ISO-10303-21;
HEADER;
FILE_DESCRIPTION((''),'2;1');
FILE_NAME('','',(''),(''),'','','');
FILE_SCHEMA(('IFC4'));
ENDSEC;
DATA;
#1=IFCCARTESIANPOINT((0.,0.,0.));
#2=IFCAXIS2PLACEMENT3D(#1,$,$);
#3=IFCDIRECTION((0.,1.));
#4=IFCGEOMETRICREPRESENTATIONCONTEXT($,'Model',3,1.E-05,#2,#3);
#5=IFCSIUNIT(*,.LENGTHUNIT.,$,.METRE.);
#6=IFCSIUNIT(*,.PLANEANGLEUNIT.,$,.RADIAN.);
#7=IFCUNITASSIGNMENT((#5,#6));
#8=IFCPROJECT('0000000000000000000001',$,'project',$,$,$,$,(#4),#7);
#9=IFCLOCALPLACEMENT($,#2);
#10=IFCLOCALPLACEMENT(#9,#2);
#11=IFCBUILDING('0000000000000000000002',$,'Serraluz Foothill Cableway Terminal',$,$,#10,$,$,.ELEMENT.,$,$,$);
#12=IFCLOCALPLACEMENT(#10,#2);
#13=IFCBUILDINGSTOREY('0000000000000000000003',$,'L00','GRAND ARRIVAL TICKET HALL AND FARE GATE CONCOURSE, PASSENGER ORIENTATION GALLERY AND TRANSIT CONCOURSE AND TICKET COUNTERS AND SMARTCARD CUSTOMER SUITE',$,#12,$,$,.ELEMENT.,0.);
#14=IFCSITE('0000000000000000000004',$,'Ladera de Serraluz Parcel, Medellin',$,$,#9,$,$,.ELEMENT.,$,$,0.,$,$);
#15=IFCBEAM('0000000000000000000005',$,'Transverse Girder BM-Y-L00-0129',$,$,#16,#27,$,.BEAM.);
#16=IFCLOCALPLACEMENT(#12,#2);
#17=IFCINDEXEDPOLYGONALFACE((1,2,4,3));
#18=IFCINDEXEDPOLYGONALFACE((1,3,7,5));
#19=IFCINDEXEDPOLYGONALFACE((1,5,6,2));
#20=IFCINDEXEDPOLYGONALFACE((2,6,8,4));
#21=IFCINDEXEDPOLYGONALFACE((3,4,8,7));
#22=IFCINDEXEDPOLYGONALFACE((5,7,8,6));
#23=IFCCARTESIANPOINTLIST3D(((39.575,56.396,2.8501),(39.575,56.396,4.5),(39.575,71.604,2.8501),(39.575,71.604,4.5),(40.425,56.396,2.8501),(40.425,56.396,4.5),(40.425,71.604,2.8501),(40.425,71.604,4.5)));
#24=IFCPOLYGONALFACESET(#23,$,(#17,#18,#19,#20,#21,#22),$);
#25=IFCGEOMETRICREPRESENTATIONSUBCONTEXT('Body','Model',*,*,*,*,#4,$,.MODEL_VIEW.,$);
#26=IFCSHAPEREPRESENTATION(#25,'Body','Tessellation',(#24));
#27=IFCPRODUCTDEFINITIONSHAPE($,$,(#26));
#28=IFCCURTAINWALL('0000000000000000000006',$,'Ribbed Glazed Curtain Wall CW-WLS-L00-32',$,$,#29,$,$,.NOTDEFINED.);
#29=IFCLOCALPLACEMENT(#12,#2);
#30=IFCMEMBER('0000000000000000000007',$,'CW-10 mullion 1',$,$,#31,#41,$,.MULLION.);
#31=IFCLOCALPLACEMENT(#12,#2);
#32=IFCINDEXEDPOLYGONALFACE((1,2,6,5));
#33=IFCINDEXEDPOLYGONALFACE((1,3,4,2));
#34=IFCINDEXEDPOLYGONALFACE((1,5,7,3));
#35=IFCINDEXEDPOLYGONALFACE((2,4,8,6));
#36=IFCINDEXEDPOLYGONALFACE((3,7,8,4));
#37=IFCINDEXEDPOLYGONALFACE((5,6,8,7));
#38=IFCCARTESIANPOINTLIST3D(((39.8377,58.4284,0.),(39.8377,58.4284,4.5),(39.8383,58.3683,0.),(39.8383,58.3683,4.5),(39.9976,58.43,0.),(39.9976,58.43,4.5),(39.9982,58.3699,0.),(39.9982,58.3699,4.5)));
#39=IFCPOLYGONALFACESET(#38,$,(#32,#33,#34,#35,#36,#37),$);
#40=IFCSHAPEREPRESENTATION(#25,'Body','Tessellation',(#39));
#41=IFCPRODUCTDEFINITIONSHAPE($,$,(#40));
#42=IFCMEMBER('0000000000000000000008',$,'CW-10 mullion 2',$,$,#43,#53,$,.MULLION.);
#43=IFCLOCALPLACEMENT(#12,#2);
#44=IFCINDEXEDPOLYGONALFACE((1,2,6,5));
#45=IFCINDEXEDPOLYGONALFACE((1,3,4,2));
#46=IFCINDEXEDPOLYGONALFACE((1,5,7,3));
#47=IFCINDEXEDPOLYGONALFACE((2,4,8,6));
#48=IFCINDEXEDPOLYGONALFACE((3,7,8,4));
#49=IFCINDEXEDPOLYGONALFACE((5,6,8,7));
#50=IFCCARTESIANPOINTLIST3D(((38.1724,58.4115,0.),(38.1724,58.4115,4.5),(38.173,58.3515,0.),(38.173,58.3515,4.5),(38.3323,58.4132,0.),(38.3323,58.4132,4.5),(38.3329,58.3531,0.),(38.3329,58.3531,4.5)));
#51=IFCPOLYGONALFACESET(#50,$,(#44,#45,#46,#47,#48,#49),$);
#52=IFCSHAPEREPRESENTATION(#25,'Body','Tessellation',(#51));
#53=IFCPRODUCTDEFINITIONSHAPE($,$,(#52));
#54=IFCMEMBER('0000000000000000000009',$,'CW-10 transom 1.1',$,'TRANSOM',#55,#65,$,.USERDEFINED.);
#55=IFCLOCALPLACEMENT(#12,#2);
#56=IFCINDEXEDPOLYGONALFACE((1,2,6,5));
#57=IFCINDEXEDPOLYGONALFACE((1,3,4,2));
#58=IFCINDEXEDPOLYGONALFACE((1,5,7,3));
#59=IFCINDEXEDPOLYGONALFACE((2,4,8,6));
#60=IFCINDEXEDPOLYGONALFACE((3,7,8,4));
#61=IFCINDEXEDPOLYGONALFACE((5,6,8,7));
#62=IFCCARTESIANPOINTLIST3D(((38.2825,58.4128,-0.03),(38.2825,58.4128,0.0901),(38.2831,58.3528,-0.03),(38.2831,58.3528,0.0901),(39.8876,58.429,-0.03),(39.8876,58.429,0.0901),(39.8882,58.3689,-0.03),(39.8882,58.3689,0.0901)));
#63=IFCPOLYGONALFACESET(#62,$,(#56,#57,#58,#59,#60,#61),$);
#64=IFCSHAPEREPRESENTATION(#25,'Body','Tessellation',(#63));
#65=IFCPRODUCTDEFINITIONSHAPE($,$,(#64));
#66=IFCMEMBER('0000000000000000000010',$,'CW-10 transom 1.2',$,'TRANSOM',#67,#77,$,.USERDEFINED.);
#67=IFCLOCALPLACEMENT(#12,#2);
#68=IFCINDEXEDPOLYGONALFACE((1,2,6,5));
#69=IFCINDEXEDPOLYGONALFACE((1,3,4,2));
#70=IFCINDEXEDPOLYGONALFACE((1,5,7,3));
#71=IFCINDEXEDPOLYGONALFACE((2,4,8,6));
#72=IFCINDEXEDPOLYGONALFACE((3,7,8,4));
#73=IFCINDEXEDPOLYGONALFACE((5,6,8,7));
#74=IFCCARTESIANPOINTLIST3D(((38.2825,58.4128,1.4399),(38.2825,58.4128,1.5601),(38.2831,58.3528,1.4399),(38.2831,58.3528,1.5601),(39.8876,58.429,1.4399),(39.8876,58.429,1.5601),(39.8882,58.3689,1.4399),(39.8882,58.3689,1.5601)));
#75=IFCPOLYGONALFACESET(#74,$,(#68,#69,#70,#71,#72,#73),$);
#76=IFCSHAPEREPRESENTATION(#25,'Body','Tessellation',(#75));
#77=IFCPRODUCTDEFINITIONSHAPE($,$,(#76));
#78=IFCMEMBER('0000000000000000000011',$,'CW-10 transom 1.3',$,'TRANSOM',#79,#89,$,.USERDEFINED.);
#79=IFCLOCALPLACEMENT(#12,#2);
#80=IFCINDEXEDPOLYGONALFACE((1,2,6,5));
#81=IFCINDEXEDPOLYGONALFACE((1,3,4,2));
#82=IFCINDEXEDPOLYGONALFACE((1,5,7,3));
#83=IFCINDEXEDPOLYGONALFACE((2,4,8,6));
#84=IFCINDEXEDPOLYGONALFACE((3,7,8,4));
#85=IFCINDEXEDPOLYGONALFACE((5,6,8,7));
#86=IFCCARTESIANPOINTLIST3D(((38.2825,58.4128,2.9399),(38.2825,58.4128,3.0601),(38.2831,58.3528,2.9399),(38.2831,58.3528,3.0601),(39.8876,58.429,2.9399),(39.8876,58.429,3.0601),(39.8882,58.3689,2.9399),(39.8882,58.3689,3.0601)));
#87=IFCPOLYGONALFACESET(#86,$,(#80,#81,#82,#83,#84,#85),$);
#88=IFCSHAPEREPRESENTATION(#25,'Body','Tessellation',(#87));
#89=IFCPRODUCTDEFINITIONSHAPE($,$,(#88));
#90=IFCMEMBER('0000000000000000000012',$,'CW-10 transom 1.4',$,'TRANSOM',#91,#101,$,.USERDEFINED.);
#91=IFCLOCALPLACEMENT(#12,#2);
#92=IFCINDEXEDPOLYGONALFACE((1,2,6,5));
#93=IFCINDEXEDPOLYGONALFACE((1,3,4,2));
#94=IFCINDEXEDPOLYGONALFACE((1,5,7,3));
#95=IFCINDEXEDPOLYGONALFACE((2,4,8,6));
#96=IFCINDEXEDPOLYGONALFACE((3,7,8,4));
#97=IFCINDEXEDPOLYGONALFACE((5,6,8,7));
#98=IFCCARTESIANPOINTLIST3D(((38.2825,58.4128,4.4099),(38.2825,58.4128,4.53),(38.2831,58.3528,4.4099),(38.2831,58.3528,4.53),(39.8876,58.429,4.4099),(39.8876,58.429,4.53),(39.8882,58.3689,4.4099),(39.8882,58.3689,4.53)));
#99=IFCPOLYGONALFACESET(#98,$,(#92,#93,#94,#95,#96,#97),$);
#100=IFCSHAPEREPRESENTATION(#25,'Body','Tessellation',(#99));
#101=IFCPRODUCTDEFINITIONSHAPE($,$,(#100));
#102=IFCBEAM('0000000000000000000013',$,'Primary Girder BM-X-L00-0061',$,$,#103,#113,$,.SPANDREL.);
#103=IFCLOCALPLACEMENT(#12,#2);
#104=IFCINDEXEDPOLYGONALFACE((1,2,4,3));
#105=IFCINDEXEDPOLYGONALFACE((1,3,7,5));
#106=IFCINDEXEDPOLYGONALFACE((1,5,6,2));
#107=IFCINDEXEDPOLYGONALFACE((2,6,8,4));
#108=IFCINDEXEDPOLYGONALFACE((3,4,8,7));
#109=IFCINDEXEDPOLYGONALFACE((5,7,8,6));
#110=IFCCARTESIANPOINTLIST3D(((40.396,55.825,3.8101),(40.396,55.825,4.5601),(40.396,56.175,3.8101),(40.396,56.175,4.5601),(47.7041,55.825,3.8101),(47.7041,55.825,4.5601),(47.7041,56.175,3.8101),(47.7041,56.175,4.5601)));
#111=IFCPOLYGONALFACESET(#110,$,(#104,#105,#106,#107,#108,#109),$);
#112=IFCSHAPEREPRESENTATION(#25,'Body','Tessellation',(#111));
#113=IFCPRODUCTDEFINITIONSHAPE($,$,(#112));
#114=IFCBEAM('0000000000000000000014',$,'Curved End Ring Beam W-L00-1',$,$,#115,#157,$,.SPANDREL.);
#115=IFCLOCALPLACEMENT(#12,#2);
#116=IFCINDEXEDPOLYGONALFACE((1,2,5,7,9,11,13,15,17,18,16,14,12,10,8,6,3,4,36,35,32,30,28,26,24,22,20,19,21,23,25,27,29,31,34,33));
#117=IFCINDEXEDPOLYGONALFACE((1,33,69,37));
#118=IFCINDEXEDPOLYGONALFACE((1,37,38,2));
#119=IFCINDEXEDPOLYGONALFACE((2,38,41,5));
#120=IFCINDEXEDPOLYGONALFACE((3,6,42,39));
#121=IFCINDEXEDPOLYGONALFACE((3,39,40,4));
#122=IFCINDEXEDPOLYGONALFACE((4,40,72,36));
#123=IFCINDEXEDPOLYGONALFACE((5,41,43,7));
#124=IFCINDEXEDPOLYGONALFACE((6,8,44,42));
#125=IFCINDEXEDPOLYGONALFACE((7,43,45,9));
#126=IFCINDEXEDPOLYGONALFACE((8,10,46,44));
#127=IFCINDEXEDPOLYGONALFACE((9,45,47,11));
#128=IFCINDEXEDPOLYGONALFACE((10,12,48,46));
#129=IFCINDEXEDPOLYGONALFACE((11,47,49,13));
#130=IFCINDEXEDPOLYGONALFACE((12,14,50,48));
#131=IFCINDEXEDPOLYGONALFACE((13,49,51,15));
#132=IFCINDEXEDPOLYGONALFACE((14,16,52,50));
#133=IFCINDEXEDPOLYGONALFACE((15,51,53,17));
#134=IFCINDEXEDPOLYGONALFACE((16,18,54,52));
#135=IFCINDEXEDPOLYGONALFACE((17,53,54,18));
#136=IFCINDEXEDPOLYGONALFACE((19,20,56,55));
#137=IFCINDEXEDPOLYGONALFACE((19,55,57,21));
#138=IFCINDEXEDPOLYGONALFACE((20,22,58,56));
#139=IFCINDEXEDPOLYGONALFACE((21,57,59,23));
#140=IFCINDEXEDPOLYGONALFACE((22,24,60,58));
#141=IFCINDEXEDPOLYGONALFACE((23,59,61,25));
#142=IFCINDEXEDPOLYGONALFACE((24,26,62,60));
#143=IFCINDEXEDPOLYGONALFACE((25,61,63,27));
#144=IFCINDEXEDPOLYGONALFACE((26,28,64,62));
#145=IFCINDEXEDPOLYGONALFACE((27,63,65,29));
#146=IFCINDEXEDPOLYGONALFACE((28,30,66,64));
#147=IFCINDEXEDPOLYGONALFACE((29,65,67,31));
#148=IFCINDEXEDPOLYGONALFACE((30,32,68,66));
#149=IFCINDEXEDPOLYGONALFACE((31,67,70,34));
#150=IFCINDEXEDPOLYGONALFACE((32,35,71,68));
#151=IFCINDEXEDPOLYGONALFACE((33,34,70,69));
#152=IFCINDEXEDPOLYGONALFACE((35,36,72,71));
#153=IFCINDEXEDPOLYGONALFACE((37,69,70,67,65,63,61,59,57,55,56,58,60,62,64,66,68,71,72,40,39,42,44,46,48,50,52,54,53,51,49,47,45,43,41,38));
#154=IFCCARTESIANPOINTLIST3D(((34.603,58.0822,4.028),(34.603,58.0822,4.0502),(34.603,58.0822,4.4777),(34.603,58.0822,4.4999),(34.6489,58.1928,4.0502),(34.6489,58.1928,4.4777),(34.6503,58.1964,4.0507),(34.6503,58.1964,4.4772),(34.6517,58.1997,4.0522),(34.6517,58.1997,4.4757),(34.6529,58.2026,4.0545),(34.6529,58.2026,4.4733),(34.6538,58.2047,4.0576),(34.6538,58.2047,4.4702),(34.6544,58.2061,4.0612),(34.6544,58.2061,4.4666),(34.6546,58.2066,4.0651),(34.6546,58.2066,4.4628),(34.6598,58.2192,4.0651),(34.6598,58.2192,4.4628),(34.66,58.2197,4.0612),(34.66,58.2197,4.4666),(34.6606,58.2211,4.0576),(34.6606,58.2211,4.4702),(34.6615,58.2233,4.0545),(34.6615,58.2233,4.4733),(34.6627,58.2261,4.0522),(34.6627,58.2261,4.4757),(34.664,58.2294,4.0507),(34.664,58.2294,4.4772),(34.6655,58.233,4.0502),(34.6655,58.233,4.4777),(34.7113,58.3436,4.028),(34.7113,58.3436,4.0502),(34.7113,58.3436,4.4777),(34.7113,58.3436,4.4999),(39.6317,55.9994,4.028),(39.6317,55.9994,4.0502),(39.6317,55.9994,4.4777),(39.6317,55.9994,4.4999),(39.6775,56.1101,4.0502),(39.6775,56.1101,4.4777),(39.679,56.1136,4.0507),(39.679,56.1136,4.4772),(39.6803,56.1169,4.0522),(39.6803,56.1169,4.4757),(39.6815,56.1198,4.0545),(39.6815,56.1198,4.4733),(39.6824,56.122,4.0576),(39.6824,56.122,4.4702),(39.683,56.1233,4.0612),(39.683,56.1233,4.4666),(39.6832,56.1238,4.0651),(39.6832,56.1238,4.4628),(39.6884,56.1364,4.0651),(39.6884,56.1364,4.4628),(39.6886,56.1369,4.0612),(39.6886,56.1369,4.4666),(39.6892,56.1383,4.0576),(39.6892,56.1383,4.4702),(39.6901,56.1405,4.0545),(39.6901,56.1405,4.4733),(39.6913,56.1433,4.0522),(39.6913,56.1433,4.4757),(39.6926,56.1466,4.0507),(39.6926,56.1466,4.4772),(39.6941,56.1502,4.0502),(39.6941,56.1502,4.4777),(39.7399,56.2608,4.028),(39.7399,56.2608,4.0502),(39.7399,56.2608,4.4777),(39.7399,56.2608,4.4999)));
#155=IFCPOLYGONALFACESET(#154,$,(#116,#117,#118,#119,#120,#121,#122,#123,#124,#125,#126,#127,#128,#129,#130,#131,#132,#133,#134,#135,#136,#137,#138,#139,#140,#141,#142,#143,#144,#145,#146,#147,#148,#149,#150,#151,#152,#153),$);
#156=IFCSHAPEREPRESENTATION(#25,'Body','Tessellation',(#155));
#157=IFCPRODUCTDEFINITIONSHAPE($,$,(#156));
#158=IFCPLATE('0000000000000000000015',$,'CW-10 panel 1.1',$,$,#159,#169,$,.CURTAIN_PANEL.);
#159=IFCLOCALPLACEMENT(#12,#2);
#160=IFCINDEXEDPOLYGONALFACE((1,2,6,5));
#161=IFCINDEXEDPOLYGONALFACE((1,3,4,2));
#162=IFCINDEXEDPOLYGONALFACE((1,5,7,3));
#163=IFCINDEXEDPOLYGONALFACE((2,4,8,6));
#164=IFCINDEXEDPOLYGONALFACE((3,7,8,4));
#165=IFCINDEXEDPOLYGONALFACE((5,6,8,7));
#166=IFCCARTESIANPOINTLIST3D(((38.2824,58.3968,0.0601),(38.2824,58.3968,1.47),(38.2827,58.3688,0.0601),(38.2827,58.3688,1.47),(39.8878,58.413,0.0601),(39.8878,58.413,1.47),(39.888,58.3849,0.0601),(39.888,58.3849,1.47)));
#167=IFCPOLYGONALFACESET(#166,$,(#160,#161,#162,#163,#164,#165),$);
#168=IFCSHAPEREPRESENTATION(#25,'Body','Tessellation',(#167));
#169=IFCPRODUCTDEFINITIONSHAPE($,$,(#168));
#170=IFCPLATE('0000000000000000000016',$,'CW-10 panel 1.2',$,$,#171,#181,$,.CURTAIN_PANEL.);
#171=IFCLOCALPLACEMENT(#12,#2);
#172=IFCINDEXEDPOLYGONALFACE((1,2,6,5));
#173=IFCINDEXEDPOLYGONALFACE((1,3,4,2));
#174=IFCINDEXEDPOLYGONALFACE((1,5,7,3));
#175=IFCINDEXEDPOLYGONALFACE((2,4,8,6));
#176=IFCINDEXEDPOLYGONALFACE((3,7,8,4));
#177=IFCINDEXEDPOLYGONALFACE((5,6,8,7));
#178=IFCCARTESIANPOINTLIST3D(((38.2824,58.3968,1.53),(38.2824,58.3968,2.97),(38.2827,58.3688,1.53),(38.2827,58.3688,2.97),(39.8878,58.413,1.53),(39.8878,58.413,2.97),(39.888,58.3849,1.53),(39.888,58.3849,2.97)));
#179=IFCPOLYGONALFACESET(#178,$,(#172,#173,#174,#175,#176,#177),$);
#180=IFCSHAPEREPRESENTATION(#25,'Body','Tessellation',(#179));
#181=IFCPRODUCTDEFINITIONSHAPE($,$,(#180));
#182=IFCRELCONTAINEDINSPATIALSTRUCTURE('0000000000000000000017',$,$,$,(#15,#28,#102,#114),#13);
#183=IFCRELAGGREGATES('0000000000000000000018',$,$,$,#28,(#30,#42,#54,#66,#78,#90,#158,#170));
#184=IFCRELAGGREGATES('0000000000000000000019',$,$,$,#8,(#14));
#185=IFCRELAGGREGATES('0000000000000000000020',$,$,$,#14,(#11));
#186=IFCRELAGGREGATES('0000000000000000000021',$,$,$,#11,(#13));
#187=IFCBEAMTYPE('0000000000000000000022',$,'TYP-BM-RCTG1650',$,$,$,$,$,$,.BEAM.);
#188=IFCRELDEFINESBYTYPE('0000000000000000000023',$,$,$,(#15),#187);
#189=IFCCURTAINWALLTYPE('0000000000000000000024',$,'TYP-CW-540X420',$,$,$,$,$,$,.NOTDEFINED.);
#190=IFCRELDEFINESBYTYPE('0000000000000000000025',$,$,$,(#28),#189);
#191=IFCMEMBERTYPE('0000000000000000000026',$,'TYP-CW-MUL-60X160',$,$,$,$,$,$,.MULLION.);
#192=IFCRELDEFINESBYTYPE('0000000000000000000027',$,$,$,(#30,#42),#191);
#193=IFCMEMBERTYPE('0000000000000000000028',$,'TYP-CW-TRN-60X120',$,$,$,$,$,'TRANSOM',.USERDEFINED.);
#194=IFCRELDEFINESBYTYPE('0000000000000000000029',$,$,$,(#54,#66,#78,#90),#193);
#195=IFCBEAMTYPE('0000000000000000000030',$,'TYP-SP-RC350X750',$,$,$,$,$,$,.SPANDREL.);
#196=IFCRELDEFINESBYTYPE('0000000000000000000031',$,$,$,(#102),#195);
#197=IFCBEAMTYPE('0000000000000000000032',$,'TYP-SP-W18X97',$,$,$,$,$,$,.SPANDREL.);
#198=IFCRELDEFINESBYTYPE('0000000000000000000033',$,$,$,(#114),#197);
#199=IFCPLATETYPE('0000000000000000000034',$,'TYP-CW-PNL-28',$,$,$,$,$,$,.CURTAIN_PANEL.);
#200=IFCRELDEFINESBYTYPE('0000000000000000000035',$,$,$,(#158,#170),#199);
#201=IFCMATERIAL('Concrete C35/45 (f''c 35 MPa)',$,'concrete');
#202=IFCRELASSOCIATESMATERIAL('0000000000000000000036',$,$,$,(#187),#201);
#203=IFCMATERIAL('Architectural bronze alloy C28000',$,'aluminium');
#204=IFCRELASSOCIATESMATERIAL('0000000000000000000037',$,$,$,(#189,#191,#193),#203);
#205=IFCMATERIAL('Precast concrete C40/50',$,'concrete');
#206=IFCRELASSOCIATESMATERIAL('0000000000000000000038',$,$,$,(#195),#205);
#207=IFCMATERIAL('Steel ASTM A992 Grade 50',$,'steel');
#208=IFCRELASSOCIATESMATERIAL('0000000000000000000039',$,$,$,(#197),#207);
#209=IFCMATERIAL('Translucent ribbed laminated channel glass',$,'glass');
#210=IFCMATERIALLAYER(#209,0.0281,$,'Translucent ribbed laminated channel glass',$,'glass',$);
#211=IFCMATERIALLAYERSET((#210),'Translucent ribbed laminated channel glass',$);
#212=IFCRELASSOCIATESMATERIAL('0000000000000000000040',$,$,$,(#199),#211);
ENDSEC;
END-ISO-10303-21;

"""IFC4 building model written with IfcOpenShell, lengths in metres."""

from ifc_helpers import new_model, si_unit, direction, frame, origin, origin_2d, place, context, subcontext, project, spatial, rectangle, i_section, extrude, material, layer, layer_set, material_profile, profile_set, type_object, element, aggregate, save


model = new_model("IFC4")

# Units and contexts
model_context = context("Model", 3, precision=1e-05, world=origin(), true_north=direction((0.0, 1.0)))
body_context = subcontext(model_context, "Body", "Model", "MODEL_VIEW")
ifc_project = project(units=[si_unit("LENGTHUNIT", "METRE"), si_unit("PLANEANGLEUNIT", "RADIAN")], contexts=[model_context])

# Site, building, storey
site_placement = place(None, origin())
site = spatial("IfcSite", under=ifc_project, at=site_placement, Name="Ladera de Serraluz Parcel, Medellin", CompositionType="ELEMENT", RefElevation=0.0)
building_placement = place(site_placement, origin())
building = spatial("IfcBuilding", under=site, at=building_placement, Name="Serraluz Foothill Cableway Terminal", CompositionType="ELEMENT")
storey_placement = place(building_placement, origin())
storey = spatial("IfcBuildingStorey", under=building, at=storey_placement, Name="L00", Description="GRAND ARRIVAL TICKET HALL AND FARE GATE CONCOURSE, PASSENGER ORIENTATION GALLERY AND TRANSIT CONCOURSE AND TICKET COUNTERS AND SMARTCARD CUSTOMER SUITE", CompositionType="ELEMENT", Elevation=0.0)

# Shared definitions
ifc_material_1 = material(Name="Concrete C35/45 (f'c 35 MPa)", Category="concrete")

# Beam
ifc_material_profile_1 = material_profile(ifc_material_1, rectangle(XDim=0.8501, YDim=1.6499, at=origin_2d()), Name="RC TG 850x1650")
ifc_profile_set_1 = profile_set([ifc_material_profile_1], Name="Concrete C35/45 (f'c 35 MPa)")
beam_type_1 = type_object("IfcBeamType", Name="TYP-BM-RCTG1650", PredefinedType="BEAM", material=ifc_profile_set_1)
beam_1_placement = place(storey_placement, frame((40.0, 56.396, 3.675), z_axis=(0.0, 1.0, 0.0), x_axis=(-1.0, 0.0, 0.0)))
element("IfcBeam", 1, at=beam_1_placement, inside=storey, type_object=beam_type_1, Name="Transverse Girder BM-Y-L00-0129", PredefinedType="BEAM", context=body_context, shape_type="SweptSolid", body=[
    extrude(rectangle(XDim=0.8501, YDim=1.6499, at=origin_2d()), origin(), (0.0, 0.0, 1.0), 15.208),
])

# Curtain wall, members
ifc_material_2 = material(Name="Architectural bronze alloy C28000", Category="aluminium")
curtain_wall_type = type_object("IfcCurtainWallType", Name="TYP-CW-540X420", PredefinedType="NOTDEFINED", material=ifc_material_2)
curtain_wall_placement = place(storey_placement, origin())
curtain_wall = element("IfcCurtainWall", 2, at=curtain_wall_placement, inside=storey, type_object=curtain_wall_type, Name="Ribbed Glazed Curtain Wall CW-WLS-L00-32", PredefinedType="NOTDEFINED")
ifc_material_profile_2 = material_profile(ifc_material_2, rectangle(XDim=0.0601, YDim=0.1599, at=origin_2d()), Name="ALU MULLION 60x160")
ifc_profile_set_2 = profile_set([ifc_material_profile_2], Name="Architectural bronze alloy C28000")
member_type_1 = type_object("IfcMemberType", Name="TYP-CW-MUL-60X160", PredefinedType="MULLION", material=ifc_profile_set_2)
member_1_placement = place(storey_placement, frame((39.918, 58.3992, 0.0), z_axis=(0.0, 0.0, 1.0), x_axis=(0.010066, -0.999949, 0.0)))
member_1 = element("IfcMember", 3, at=member_1_placement, type_object=member_type_1, Name="CW-10 mullion 1", PredefinedType="MULLION", context=body_context, shape_type="SweptSolid", body=[
    extrude(rectangle(XDim=0.0601, YDim=0.1599, at=origin_2d()), origin(), (0.0, 0.0, 1.0), 4.5),
])
member_2_placement = place(storey_placement, frame((38.2527, 58.3823, 0.0), z_axis=(0.0, 0.0, 1.0), x_axis=(0.010066, -0.999949, 0.0)))
member_2 = element("IfcMember", 4, at=member_2_placement, type_object=member_type_1, Name="CW-10 mullion 2", PredefinedType="MULLION", context=body_context, shape_type="SweptSolid", body=[
    extrude(rectangle(XDim=0.0601, YDim=0.1599, at=origin_2d()), origin(), (0.0, 0.0, 1.0), 4.5),
])
ifc_material_profile_3 = material_profile(ifc_material_2, rectangle(XDim=0.0601, YDim=0.1201, at=origin_2d()), Name="ALU TRANSOM 60x120")
ifc_profile_set_3 = profile_set([ifc_material_profile_3], Name="Architectural bronze alloy C28000")
member_type_2 = type_object("IfcMemberType", Name="TYP-CW-TRN-60X120", ElementType="TRANSOM", PredefinedType="USERDEFINED", material=ifc_profile_set_3)
member_3_placement = place(storey_placement, frame((39.8879, 58.3989, 0.03), z_axis=(-0.99995, -0.010038, 0.0), x_axis=(0.010038, -0.99995, 0.0)))
member_3 = element("IfcMember", 5, at=member_3_placement, type_object=member_type_2, Name="CW-10 transom 1.1", ObjectType="TRANSOM", PredefinedType="USERDEFINED", context=body_context, shape_type="SweptSolid", body=[
    extrude(rectangle(XDim=0.0601, YDim=0.1201, at=origin_2d()), origin(), (0.0, 0.0, 1.0), 1.6052),
])
member_4_placement = place(storey_placement, frame((39.8879, 58.3989, 1.5), z_axis=(-0.99995, -0.010038, 0.0), x_axis=(0.010038, -0.99995, 0.0)))
member_4 = element("IfcMember", 6, at=member_4_placement, type_object=member_type_2, Name="CW-10 transom 1.2", ObjectType="TRANSOM", PredefinedType="USERDEFINED", context=body_context, shape_type="SweptSolid", body=[
    extrude(rectangle(XDim=0.0601, YDim=0.1201, at=origin_2d()), origin(), (0.0, 0.0, 1.0), 1.6052),
])
member_5_placement = place(storey_placement, frame((39.8879, 58.3989, 3.0), z_axis=(-0.99995, -0.010038, 0.0), x_axis=(0.010038, -0.99995, 0.0)))
member_5 = element("IfcMember", 7, at=member_5_placement, type_object=member_type_2, Name="CW-10 transom 1.3", ObjectType="TRANSOM", PredefinedType="USERDEFINED", context=body_context, shape_type="SweptSolid", body=[
    extrude(rectangle(XDim=0.0601, YDim=0.1201, at=origin_2d()), origin(), (0.0, 0.0, 1.0), 1.6052),
])
member_6_placement = place(storey_placement, frame((39.8879, 58.3989, 4.47), z_axis=(-0.99995, -0.010038, 0.0), x_axis=(0.010038, -0.99995, 0.0)))
member_6 = element("IfcMember", 8, at=member_6_placement, type_object=member_type_2, Name="CW-10 transom 1.4", ObjectType="TRANSOM", PredefinedType="USERDEFINED", context=body_context, shape_type="SweptSolid", body=[
    extrude(rectangle(XDim=0.0601, YDim=0.1201, at=origin_2d()), origin(), (0.0, 0.0, 1.0), 1.6052),
])

# Beams
ifc_material_3 = material(Name="Precast concrete C40/50", Category="concrete")
ifc_material_profile_4 = material_profile(ifc_material_3, rectangle(XDim=0.3501, YDim=0.75, at=origin_2d()), Name="RC SP 350x750")
ifc_profile_set_4 = profile_set([ifc_material_profile_4], Name="Precast concrete C40/50")
beam_type_2 = type_object("IfcBeamType", Name="TYP-SP-RC350X750", PredefinedType="SPANDREL", material=ifc_profile_set_4)
beam_2_placement = place(storey_placement, frame((40.396, 56.0, 4.1851), z_axis=(1.0, 0.0, 0.0), x_axis=(0.0, 1.0, 0.0)))
element("IfcBeam", 9, at=beam_2_placement, inside=storey, type_object=beam_type_2, Name="Primary Girder BM-X-L00-0061", PredefinedType="SPANDREL", context=body_context, shape_type="SweptSolid", body=[
    extrude(rectangle(XDim=0.3501, YDim=0.75, at=origin_2d()), origin(), (0.0, 0.0, 1.0), 7.3081),
])
ifc_material_4 = material(Name="Steel ASTM A992 Grade 50", Category="steel")
ifc_material_profile_5 = material_profile(ifc_material_4, i_section(OverallWidth=0.283, OverallDepth=0.4719, WebThickness=0.0137, FlangeThickness=0.0222, FilletRadius=0.0149, at=origin_2d()), Name="W18X97")
ifc_profile_set_5 = profile_set([ifc_material_profile_5], Name="Steel ASTM A992 Grade 50")
beam_type_3 = type_object("IfcBeamType", Name="TYP-SP-W18X97", PredefinedType="SPANDREL", material=ifc_profile_set_5)
beam_3_placement = place(storey_placement, frame((39.6858, 56.1301, 4.2639), z_axis=(-0.923888, 0.382662, 0.0), x_axis=(-0.382662, -0.923888, 0.0)))
element("IfcBeam", 10, at=beam_3_placement, inside=storey, type_object=beam_type_3, Name="Curved End Ring Beam W-L00-1", PredefinedType="SPANDREL", context=body_context, shape_type="SweptSolid", body=[
    extrude(i_section(OverallWidth=0.283, OverallDepth=0.4719, WebThickness=0.0137, FlangeThickness=0.0222, FilletRadius=0.0149, at=origin_2d()), origin(), (0.0, 0.0, 1.0), 5.4429),
])

# Plates
ifc_material_5 = material(Name="Translucent ribbed laminated channel glass", Category="glass")
ifc_layer_1 = layer(ifc_material_5, 0.0281, Name="Translucent ribbed laminated channel glass", Category="glass")
ifc_layer_set_1 = layer_set([ifc_layer_1], Name="Translucent ribbed laminated channel glass")
plate_type = type_object("IfcPlateType", Name="TYP-CW-PNL-28", PredefinedType="CURTAIN_PANEL", material=ifc_layer_set_1)
plate_1_placement = place(storey_placement, frame((39.0852, 58.3909, 0.0601), z_axis=(0.0, 0.0, 1.0), x_axis=(-0.999949, -0.010066, 0.0)))
plate_1 = element("IfcPlate", 11, at=plate_1_placement, type_object=plate_type, Name="CW-10 panel 1.1", PredefinedType="CURTAIN_PANEL", context=body_context, shape_type="SweptSolid", body=[
    extrude(rectangle(XDim=1.6055, YDim=0.0281, at=origin_2d()), origin(), (0.0, 0.0, 1.0), 1.4099),
])
plate_2_placement = place(storey_placement, frame((39.0852, 58.3909, 1.53), z_axis=(0.0, 0.0, 1.0), x_axis=(-0.999949, -0.010066, 0.0)))
plate_2 = element("IfcPlate", 12, at=plate_2_placement, type_object=plate_type, Name="CW-10 panel 1.2", PredefinedType="CURTAIN_PANEL", context=body_context, shape_type="SweptSolid", body=[
    extrude(rectangle(XDim=1.6055, YDim=0.0281, at=origin_2d()), origin(), (0.0, 0.0, 1.0), 1.4399),
])
aggregate(curtain_wall, [member_1, member_2, member_3, member_4, member_5, member_6, plate_1, plate_2])

save(model, "model.ifc")
